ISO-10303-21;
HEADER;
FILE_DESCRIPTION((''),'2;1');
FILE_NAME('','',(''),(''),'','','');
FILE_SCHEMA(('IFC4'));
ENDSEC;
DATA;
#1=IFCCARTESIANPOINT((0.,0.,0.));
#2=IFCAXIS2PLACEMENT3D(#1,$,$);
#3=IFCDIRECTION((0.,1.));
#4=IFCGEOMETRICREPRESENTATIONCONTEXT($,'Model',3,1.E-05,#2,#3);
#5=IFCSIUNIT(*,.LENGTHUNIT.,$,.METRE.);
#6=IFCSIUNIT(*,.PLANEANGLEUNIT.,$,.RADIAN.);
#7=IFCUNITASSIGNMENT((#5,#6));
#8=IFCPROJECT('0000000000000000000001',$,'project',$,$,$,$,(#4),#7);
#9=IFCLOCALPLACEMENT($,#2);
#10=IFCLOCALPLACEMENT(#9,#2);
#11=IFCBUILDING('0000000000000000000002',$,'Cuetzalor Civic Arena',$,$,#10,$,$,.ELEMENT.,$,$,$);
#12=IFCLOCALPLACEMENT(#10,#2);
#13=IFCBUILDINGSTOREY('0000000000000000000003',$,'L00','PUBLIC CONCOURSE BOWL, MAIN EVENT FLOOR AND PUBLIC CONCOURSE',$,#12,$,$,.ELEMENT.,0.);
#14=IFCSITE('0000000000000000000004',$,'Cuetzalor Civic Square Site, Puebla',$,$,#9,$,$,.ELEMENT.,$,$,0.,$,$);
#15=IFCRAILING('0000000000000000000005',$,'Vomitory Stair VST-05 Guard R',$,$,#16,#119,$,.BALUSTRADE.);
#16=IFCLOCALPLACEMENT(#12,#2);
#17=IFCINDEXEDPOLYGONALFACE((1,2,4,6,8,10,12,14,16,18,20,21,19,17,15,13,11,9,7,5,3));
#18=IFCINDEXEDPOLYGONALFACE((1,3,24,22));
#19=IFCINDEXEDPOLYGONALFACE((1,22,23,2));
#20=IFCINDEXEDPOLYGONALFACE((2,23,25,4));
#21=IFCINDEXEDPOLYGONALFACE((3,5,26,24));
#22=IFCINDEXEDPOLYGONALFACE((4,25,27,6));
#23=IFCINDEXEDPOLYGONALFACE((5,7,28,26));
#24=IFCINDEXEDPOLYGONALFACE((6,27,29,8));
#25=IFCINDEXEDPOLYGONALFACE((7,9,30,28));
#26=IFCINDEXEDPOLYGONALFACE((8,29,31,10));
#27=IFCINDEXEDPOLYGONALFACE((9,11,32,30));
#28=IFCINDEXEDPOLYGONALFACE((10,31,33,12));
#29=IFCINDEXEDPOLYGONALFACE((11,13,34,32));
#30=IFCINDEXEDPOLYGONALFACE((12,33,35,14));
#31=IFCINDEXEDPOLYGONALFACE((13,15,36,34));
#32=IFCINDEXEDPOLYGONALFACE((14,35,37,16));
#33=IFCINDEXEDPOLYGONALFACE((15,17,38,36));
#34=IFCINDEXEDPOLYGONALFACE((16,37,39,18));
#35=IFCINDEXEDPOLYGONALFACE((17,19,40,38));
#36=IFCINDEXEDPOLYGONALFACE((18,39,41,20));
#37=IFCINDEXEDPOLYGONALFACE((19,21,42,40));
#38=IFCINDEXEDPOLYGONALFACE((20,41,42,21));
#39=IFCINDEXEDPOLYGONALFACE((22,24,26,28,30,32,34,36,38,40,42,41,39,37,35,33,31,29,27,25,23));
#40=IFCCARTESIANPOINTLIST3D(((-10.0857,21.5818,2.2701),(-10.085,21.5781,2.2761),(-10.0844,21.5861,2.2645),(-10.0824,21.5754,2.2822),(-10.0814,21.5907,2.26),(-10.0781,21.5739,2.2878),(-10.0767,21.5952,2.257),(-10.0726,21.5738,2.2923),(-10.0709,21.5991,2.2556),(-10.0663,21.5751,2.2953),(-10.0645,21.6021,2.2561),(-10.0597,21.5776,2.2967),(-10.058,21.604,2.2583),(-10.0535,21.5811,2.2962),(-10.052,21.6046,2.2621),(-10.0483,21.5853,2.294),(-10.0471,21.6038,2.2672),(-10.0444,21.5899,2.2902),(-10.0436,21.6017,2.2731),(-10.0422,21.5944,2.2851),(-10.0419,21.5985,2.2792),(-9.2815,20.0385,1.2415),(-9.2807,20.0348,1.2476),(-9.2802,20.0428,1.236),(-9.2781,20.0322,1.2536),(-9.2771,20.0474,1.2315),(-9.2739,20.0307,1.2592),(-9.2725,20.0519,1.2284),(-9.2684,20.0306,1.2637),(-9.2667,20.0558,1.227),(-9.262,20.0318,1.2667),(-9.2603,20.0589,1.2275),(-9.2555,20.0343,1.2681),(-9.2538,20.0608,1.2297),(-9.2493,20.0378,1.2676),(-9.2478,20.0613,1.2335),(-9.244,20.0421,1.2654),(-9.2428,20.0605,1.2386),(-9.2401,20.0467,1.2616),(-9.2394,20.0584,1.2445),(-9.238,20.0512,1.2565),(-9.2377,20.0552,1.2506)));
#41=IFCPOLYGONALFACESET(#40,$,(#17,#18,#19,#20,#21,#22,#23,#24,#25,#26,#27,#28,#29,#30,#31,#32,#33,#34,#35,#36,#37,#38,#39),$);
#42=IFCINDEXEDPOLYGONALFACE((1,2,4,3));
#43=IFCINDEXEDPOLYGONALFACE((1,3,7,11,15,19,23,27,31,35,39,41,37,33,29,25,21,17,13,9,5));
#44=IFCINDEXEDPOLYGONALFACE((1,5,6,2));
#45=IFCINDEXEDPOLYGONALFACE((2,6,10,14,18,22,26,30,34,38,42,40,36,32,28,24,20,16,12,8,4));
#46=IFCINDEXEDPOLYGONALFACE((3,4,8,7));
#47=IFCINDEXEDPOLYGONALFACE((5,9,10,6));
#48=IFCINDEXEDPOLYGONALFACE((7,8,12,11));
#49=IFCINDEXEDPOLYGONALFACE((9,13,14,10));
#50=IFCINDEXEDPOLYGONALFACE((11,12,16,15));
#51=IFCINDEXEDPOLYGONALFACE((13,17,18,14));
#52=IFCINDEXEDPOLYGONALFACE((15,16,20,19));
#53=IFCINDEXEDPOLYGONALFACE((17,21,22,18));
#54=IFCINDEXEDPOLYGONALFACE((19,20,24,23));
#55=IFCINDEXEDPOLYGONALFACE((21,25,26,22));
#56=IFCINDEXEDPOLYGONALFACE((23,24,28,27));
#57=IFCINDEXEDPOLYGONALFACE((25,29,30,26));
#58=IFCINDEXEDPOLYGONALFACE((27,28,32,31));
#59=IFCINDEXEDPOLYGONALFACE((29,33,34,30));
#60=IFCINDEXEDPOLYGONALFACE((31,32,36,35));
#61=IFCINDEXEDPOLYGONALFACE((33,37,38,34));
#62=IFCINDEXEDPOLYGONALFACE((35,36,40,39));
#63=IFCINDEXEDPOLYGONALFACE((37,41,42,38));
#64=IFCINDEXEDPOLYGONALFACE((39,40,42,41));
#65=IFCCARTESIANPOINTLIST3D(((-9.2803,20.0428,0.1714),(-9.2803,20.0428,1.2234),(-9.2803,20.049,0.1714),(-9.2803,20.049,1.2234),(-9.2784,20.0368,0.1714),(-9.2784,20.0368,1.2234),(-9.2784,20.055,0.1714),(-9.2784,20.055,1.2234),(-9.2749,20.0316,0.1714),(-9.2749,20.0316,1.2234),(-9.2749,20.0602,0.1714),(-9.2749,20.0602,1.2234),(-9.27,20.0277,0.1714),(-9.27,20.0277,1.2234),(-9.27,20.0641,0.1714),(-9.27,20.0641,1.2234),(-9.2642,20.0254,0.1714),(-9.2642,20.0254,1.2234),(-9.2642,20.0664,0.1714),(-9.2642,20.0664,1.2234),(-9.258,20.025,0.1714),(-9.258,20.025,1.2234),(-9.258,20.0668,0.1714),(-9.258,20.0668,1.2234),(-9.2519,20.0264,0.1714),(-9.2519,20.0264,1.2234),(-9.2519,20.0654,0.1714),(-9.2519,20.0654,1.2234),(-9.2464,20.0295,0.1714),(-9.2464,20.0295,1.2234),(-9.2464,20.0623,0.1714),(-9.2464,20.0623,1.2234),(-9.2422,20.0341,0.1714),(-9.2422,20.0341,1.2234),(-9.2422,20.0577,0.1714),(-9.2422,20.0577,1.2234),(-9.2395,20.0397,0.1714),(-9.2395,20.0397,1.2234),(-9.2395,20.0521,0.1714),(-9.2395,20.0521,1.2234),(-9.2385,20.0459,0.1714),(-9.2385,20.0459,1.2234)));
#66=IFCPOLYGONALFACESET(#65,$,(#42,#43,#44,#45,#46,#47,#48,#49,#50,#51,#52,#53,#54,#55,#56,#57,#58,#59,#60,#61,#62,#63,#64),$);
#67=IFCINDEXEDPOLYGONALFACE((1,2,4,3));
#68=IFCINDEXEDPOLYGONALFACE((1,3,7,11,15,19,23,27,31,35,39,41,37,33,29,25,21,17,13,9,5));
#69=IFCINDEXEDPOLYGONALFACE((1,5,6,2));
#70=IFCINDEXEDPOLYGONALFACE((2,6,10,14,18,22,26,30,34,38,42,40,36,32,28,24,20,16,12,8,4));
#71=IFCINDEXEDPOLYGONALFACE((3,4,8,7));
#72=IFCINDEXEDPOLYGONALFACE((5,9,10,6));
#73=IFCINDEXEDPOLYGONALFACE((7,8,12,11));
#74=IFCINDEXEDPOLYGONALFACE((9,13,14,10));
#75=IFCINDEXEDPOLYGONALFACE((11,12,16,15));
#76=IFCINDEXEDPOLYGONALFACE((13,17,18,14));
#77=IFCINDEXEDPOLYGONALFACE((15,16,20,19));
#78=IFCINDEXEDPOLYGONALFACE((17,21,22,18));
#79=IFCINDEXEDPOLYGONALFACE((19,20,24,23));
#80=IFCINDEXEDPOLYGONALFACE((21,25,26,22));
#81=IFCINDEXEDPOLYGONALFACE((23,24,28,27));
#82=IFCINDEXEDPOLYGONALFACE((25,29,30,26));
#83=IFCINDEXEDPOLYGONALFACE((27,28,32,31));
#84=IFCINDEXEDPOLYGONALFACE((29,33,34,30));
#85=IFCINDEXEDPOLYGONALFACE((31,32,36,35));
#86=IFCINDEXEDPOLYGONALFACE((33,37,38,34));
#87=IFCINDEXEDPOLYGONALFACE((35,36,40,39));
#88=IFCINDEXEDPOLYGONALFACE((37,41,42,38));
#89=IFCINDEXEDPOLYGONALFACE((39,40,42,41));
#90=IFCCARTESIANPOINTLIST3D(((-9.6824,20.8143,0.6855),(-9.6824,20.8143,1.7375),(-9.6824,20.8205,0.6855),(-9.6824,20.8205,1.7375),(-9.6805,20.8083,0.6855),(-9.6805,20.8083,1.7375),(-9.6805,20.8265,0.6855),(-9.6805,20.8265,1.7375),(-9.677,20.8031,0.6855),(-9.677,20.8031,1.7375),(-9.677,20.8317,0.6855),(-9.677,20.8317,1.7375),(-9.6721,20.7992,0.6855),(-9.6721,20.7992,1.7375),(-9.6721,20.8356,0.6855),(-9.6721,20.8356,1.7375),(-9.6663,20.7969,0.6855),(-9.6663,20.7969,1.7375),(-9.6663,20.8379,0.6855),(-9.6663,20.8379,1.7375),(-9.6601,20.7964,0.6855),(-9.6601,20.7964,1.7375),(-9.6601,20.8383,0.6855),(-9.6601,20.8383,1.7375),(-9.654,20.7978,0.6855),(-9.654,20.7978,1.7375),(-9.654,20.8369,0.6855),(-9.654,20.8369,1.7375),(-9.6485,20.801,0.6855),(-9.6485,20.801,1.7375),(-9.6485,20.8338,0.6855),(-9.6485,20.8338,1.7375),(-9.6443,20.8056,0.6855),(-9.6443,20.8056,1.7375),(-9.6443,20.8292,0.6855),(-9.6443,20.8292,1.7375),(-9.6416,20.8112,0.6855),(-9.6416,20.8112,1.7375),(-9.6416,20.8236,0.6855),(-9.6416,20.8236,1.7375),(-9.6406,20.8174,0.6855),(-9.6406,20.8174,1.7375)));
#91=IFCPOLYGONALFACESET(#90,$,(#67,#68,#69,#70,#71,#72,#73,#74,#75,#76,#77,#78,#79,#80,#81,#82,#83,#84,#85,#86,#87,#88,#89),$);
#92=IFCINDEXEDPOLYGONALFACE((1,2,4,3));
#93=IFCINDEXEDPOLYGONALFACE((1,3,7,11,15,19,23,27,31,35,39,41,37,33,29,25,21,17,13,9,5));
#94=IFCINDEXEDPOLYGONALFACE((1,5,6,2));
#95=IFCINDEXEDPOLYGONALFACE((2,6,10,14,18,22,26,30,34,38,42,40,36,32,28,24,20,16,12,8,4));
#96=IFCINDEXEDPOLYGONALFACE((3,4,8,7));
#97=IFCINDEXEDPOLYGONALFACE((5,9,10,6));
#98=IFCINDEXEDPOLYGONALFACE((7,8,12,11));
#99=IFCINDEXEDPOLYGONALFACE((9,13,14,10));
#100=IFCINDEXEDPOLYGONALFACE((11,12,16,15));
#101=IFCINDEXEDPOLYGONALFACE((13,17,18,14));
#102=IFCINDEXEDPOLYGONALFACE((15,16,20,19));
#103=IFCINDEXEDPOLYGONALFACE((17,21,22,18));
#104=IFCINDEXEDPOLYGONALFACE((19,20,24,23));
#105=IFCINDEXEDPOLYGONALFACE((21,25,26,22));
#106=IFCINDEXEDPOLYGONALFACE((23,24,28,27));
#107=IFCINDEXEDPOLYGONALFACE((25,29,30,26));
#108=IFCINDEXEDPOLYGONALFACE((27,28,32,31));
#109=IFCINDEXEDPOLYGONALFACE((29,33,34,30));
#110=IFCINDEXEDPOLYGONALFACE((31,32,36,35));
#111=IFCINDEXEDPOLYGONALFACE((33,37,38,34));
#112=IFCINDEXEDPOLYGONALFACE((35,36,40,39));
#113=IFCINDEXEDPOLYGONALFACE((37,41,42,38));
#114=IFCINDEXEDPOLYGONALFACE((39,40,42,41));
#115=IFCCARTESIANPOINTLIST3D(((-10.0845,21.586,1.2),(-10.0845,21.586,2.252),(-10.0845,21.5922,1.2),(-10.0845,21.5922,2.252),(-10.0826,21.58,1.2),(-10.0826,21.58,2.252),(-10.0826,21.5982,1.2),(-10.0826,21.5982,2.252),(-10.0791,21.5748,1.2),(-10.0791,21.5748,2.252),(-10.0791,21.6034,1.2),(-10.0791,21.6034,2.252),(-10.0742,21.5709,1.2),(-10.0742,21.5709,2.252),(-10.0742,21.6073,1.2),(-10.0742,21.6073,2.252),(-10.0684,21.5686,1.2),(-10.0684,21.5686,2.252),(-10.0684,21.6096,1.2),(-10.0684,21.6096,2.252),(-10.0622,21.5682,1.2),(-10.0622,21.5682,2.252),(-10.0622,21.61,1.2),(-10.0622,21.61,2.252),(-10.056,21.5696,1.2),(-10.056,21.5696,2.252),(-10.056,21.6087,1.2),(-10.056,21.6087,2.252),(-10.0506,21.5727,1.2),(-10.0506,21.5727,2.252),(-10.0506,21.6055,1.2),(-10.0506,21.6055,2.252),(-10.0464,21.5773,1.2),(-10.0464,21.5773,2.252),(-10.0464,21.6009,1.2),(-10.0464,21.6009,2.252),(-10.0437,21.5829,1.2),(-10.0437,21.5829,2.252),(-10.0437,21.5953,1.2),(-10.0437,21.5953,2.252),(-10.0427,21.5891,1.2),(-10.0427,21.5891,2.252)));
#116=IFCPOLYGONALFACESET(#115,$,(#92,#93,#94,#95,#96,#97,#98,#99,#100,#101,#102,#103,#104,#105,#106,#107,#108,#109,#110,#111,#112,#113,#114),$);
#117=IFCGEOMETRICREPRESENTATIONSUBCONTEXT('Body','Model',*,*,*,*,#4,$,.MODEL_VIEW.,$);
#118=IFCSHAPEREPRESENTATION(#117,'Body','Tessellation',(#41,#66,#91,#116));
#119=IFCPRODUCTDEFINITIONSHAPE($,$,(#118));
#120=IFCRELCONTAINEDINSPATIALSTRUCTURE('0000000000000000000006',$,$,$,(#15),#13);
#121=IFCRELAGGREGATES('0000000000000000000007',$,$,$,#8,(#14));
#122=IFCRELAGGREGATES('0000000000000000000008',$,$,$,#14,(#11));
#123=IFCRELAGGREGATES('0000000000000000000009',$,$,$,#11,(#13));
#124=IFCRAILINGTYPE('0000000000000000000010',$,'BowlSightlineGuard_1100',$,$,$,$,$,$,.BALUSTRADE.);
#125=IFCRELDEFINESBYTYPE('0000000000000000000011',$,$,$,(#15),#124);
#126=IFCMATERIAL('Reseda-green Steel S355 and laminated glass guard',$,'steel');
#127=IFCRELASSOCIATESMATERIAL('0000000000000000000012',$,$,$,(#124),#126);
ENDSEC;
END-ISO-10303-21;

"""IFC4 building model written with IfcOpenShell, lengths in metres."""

from ifc_helpers import new_model, si_unit, direction, frame, origin, origin_2d, place, context, subcontext, project, spatial, circle, extrude, material, type_object, element, save


model = new_model("IFC4")

# Units and contexts
model_context = context("Model", 3, precision=1e-05, world=origin(), true_north=direction((0.0, 1.0)))
body_context = subcontext(model_context, "Body", "Model", "MODEL_VIEW")
ifc_project = project(units=[si_unit("LENGTHUNIT", "METRE"), si_unit("PLANEANGLEUNIT", "RADIAN")], contexts=[model_context])

# Site, building, storey
site_placement = place(None, origin())
site = spatial("IfcSite", under=ifc_project, at=site_placement, Name="Cuetzalor Civic Square Site, Puebla", CompositionType="ELEMENT", RefElevation=0.0)
building_placement = place(site_placement, origin())
building = spatial("IfcBuilding", under=site, at=building_placement, Name="Cuetzalor Civic Arena", CompositionType="ELEMENT")
storey_placement = place(building_placement, origin())
storey = spatial("IfcBuildingStorey", under=building, at=storey_placement, Name="L00", Description="PUBLIC CONCOURSE BOWL, MAIN EVENT FLOOR AND PUBLIC CONCOURSE", CompositionType="ELEMENT", Elevation=0.0)

# Railing
ifc_material_1 = material(Name="Reseda-green Steel S355 and laminated glass guard", Category="steel")
railing_type_1 = type_object("IfcRailingType", Name="BowlSightlineGuard_1100", PredefinedType="BALUSTRADE", material=ifc_material_1)
railing_1_placement = place(storey_placement, frame((-9.2595, 20.0459, 0.1714)))
element("IfcRailing", 1, at=railing_1_placement, inside=storey, type_object=railing_type_1, Name="Vomitory Stair VST-05 Guard R", PredefinedType="BALUSTRADE", context=body_context, shape_type="SweptSolid", body=[
    extrude(circle(Radius=0.0239, at=origin_2d()), frame((0.0, 0.0, 1.0762), z_axis=(-0.397836, 0.763426, 0.50883), x_axis=(-0.88681, -0.462134, 0.0)), (0.0, 0.0, 1.0), 2.0215),
    extrude(circle(Radius=0.021, at=origin_2d()), origin(), (0.0, 0.0, 1.0), 1.052),
    extrude(circle(Radius=0.021, at=origin_2d()), frame((-0.4021, 0.7715, 0.5142)), (0.0, 0.0, 1.0), 1.052),
    extrude(circle(Radius=0.021, at=origin_2d()), frame((-0.8042, 1.5432, 1.0286)), (0.0, 0.0, 1.0), 1.052),
])

save(model, "model.ifc")
